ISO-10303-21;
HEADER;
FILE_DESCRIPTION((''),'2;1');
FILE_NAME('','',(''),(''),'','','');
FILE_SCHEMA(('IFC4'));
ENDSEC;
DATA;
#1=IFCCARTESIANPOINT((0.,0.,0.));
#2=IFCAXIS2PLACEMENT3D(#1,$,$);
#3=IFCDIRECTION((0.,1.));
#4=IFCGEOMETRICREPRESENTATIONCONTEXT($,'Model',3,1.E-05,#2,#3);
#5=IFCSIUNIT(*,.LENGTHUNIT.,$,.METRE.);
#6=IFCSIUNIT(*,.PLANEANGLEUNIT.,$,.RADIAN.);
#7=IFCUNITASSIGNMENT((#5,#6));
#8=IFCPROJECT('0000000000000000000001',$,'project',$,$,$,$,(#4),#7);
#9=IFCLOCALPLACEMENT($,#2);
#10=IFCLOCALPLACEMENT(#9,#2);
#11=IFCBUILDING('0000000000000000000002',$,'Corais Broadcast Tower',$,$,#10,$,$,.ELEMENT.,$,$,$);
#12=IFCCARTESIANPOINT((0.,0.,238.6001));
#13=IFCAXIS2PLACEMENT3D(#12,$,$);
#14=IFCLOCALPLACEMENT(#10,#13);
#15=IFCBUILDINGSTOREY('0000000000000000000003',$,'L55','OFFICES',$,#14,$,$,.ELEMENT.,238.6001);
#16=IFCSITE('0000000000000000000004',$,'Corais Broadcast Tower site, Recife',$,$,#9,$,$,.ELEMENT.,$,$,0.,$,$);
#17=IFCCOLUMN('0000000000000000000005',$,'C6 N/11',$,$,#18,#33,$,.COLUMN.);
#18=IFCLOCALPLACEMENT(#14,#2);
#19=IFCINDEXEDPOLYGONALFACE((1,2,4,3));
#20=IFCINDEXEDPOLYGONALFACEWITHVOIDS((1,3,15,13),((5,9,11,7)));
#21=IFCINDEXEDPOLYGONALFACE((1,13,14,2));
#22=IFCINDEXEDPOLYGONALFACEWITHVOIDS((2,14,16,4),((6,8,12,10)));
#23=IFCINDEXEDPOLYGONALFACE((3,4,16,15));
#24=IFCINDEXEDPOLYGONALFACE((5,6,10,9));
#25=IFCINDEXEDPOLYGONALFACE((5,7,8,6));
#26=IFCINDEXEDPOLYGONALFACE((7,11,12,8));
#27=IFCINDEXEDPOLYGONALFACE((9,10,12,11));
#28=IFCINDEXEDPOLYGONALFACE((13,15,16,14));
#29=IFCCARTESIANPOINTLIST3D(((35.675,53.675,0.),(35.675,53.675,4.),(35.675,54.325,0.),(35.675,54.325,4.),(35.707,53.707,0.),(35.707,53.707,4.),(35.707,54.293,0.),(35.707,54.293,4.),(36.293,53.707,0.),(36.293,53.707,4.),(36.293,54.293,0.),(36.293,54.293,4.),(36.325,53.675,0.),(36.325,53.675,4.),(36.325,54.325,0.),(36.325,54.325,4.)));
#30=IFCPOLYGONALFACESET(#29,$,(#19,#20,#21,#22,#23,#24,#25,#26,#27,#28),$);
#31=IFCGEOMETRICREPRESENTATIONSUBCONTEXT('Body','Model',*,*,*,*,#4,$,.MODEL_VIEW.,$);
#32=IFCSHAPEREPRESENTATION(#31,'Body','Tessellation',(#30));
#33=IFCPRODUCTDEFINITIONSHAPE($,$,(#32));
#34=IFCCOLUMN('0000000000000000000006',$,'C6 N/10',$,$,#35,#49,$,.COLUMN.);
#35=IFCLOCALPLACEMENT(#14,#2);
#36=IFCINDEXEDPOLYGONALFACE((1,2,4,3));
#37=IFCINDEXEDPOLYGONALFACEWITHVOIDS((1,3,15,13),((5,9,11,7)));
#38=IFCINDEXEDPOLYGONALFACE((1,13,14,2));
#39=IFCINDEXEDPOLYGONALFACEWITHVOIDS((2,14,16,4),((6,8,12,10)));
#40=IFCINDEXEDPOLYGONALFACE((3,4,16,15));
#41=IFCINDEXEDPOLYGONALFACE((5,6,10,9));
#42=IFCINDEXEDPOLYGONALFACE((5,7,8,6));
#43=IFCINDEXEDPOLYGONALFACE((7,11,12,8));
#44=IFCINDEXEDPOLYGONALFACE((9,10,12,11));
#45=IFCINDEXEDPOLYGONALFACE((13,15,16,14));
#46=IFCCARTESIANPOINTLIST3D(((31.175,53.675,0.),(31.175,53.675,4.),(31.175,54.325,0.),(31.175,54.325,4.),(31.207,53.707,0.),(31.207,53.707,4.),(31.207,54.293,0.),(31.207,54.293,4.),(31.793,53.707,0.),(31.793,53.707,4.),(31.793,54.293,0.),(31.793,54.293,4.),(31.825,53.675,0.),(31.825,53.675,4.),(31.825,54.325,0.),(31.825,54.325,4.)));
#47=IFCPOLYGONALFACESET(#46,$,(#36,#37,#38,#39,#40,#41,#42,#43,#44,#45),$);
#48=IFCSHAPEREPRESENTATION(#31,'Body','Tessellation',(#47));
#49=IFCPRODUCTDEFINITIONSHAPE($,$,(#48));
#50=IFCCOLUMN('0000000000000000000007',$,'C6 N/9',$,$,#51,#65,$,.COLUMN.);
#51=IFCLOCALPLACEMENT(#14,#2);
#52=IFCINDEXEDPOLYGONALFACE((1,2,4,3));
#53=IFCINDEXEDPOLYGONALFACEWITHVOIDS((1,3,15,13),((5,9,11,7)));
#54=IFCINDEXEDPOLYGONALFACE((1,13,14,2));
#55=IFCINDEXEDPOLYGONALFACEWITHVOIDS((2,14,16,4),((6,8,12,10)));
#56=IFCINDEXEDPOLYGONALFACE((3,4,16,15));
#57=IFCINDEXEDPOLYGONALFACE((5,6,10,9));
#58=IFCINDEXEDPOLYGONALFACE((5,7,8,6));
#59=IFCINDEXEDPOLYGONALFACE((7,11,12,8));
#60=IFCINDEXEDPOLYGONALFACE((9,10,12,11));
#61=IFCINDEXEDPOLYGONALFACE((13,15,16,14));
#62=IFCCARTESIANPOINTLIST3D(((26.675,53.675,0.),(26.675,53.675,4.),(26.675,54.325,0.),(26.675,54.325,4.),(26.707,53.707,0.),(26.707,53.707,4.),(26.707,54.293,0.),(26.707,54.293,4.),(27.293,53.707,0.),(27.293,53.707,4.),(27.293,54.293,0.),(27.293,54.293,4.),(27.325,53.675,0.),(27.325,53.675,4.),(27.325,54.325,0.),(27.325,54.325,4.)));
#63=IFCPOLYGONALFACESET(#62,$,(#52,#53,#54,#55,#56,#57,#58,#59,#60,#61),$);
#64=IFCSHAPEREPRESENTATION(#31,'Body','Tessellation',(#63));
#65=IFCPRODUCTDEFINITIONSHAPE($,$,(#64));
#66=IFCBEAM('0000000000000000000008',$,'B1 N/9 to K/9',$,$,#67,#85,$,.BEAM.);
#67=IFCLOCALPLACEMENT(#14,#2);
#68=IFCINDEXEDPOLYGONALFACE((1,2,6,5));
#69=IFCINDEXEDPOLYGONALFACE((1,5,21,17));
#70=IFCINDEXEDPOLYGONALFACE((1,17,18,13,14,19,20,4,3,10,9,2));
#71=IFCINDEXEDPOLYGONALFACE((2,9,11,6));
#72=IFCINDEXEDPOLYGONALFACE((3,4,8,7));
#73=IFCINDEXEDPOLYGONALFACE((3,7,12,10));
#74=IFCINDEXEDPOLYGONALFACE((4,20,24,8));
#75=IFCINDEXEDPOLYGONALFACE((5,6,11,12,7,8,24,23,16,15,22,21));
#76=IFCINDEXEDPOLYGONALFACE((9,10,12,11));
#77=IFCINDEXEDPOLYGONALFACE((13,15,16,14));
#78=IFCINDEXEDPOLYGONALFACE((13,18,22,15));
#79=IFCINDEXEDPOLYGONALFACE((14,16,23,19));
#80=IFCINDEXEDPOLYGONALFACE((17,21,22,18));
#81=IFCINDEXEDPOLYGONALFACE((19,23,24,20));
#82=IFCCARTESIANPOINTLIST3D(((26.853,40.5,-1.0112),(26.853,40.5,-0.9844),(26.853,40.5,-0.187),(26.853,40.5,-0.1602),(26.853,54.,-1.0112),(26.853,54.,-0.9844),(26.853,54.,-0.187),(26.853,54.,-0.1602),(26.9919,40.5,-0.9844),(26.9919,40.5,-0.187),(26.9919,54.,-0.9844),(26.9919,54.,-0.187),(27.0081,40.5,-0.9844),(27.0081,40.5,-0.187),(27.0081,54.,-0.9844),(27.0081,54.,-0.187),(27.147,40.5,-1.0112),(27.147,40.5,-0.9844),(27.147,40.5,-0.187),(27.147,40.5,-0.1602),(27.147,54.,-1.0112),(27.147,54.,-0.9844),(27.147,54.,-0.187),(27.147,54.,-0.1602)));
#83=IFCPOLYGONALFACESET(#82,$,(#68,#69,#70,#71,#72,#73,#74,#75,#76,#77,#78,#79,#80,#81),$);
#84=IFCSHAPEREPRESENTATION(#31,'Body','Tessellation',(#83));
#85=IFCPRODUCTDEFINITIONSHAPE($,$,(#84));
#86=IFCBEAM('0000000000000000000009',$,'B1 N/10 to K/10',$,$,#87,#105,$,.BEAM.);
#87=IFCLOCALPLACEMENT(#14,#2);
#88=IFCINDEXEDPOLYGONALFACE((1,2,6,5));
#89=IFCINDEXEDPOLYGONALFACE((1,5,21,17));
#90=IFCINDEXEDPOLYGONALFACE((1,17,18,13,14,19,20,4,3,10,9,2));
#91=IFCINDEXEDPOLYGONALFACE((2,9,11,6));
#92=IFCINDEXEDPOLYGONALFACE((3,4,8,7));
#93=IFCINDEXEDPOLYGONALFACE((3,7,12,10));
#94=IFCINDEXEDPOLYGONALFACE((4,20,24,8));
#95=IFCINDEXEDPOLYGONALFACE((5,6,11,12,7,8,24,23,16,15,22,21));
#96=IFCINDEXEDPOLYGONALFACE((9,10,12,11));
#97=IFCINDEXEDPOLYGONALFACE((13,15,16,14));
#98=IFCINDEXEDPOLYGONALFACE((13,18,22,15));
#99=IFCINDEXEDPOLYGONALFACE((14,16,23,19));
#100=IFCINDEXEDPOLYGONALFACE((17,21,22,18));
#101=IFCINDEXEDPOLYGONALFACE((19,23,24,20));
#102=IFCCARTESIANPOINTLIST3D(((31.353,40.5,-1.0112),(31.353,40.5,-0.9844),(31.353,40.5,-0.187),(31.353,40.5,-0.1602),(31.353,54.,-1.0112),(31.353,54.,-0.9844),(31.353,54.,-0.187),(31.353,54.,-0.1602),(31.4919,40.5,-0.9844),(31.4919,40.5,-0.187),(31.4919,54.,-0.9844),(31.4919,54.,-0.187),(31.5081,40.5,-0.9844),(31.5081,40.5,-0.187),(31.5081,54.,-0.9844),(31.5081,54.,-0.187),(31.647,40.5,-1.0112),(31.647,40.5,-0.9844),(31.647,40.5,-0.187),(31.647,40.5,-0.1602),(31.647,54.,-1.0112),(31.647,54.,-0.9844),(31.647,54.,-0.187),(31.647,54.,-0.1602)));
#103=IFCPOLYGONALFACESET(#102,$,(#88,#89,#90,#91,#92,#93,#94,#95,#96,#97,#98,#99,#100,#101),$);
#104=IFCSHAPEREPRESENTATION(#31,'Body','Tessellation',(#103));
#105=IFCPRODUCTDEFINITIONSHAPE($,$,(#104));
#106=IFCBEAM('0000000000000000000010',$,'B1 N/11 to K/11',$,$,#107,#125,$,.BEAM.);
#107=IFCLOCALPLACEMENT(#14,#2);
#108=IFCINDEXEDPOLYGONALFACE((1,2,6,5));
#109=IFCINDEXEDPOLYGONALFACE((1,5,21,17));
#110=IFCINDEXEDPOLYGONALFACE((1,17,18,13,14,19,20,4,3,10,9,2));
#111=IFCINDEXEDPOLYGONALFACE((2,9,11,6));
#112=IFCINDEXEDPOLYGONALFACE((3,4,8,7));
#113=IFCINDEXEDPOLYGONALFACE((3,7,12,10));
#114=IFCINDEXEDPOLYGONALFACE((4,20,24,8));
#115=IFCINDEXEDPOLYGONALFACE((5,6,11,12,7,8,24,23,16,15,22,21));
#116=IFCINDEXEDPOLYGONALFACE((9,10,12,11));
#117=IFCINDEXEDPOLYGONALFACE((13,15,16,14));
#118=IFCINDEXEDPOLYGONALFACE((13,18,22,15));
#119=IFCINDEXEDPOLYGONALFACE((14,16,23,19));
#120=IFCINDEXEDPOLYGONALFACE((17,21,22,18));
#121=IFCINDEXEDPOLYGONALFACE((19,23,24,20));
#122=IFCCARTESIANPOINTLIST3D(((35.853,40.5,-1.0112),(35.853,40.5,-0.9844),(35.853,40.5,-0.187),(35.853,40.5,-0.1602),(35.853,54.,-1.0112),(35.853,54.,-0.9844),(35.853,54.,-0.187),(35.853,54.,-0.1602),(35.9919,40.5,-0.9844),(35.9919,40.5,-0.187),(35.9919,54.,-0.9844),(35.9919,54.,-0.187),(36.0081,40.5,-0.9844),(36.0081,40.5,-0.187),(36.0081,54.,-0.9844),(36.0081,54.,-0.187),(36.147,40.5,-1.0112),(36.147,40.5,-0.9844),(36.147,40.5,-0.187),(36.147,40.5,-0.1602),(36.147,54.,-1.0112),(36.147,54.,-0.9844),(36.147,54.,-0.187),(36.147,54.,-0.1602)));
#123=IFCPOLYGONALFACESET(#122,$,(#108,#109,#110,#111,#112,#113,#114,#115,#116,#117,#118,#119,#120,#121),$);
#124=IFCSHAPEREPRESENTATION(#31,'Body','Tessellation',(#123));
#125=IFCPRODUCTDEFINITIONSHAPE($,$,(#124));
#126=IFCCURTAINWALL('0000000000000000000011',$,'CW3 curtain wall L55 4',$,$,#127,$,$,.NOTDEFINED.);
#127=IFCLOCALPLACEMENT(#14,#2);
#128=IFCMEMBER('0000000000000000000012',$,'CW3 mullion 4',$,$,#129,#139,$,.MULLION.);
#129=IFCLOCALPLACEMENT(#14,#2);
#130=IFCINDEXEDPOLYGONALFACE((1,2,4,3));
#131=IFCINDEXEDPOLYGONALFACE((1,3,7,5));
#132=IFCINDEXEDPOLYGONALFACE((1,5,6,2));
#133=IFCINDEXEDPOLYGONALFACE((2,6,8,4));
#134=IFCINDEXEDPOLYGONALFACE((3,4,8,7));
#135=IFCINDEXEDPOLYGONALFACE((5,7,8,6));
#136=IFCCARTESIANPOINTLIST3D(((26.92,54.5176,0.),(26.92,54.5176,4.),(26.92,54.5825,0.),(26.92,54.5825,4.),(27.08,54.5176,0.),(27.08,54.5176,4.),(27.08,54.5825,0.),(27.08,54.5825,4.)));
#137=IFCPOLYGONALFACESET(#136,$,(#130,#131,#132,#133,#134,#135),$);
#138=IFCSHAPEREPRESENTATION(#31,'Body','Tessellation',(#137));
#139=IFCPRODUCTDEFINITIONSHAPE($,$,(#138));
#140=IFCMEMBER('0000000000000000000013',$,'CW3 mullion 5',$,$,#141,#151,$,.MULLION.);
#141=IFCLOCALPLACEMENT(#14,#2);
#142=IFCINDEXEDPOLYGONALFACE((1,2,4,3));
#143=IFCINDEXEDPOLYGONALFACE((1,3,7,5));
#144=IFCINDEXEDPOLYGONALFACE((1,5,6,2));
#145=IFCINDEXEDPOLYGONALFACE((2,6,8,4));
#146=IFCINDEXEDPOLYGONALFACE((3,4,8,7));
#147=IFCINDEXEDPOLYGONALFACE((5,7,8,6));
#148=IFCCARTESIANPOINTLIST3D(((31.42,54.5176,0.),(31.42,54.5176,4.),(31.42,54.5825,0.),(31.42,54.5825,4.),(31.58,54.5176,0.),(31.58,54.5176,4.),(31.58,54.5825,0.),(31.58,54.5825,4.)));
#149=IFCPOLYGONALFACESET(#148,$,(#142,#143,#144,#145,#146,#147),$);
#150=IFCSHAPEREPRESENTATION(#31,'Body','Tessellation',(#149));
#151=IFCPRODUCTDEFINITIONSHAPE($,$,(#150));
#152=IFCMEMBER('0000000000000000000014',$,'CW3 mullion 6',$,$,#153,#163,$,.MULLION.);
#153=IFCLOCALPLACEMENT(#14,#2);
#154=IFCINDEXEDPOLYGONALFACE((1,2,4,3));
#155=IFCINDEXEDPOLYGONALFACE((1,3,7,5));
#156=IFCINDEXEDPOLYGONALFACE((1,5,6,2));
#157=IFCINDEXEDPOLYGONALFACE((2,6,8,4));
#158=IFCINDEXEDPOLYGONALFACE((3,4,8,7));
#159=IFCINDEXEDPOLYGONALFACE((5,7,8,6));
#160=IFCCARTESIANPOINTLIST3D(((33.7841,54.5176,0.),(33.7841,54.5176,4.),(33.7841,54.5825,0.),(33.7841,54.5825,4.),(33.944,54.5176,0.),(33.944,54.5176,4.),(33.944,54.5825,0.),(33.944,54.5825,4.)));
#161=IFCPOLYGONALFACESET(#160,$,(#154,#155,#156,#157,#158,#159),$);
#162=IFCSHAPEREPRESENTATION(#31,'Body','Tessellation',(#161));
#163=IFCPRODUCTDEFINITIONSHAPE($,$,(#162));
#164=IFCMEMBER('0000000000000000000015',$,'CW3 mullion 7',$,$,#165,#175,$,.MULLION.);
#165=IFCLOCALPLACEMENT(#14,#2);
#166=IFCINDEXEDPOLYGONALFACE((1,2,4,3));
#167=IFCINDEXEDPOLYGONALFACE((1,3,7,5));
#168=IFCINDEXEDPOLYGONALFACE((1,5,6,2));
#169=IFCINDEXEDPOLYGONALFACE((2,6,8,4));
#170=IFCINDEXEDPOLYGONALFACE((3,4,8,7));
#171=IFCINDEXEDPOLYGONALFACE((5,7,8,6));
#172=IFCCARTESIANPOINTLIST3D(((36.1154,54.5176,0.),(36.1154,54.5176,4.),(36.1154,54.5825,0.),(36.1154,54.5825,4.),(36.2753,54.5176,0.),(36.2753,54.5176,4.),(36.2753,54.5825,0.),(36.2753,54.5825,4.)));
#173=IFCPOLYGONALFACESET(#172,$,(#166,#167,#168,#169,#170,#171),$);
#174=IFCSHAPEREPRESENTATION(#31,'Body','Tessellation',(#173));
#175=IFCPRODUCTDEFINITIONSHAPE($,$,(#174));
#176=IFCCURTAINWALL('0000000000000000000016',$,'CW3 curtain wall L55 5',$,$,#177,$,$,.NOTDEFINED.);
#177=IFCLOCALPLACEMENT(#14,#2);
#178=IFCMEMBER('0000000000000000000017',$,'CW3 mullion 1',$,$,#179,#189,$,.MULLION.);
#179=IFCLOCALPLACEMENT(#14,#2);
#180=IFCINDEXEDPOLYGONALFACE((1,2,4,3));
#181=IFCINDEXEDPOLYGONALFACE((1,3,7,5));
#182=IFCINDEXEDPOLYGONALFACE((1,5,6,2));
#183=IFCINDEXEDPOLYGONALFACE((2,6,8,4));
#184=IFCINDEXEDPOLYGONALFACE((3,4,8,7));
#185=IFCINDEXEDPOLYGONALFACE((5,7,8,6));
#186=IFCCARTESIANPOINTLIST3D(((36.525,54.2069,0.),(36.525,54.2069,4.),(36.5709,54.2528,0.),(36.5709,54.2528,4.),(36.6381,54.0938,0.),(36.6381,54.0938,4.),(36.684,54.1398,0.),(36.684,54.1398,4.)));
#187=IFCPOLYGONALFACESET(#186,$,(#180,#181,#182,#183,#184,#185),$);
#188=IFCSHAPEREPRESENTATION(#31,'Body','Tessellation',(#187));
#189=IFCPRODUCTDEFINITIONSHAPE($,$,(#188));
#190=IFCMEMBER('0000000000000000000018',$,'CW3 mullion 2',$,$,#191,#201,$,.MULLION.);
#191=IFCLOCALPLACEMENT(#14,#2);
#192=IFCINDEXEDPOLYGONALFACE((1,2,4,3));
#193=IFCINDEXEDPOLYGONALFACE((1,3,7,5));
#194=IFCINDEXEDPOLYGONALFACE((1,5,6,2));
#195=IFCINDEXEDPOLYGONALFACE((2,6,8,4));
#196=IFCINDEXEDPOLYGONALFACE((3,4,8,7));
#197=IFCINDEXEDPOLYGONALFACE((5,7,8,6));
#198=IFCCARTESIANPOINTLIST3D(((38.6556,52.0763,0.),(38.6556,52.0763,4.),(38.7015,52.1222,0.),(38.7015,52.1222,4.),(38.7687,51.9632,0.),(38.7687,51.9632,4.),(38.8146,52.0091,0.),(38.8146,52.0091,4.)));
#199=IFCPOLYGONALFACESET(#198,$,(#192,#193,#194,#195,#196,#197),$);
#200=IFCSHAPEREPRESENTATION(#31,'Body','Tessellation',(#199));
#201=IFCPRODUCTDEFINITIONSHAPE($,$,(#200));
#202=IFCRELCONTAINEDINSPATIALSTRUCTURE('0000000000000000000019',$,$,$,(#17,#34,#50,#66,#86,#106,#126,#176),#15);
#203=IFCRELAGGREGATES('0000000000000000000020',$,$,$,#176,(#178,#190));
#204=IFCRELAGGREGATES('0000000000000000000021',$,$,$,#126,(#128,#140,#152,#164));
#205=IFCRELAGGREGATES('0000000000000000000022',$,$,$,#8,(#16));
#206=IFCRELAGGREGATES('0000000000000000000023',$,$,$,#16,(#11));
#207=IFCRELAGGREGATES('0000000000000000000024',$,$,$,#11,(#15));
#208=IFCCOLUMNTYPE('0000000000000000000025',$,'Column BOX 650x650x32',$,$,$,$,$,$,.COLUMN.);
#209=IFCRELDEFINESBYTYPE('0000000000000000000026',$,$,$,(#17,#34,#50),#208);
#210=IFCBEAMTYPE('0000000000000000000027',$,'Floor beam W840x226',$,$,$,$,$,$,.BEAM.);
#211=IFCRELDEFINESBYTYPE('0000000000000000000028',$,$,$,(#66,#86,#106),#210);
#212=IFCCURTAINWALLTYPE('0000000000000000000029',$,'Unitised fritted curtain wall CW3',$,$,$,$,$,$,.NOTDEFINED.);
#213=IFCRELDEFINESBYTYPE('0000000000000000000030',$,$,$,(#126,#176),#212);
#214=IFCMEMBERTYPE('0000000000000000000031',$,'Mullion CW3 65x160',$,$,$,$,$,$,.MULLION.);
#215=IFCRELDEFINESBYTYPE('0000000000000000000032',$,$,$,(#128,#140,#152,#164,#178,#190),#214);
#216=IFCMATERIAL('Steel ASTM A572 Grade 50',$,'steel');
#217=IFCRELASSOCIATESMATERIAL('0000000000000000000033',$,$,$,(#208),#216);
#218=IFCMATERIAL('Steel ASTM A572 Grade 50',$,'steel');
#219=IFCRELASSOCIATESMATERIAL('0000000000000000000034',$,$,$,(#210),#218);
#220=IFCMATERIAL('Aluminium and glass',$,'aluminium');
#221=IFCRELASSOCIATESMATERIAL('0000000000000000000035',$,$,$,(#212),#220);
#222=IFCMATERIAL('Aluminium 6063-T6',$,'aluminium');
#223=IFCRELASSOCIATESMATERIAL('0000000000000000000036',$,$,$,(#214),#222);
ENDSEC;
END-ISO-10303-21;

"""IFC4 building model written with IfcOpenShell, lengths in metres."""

from ifc_helpers import new_model, si_unit, direction, frame, origin, origin_2d, place, context, subcontext, project, spatial, rectangle, hollow_rectangle, i_section, extrude, material, material_profile, profile_set, type_object, element, aggregate, save


model = new_model("IFC4")

# Units and contexts
model_context = context("Model", 3, precision=1e-05, world=origin(), true_north=direction((0.0, 1.0)))
body_context = subcontext(model_context, "Body", "Model", "MODEL_VIEW")
ifc_project = project(units=[si_unit("LENGTHUNIT", "METRE"), si_unit("PLANEANGLEUNIT", "RADIAN")], contexts=[model_context])

# Site, building, storey
site_placement = place(None, origin())
site = spatial("IfcSite", under=ifc_project, at=site_placement, Name="Corais Broadcast Tower site, Recife", CompositionType="ELEMENT", RefElevation=0.0)
building_placement = place(site_placement, origin())
building = spatial("IfcBuilding", under=site, at=building_placement, Name="Corais Broadcast Tower", CompositionType="ELEMENT")
storey_placement = place(building_placement, frame((0.0, 0.0, 238.6001)))
storey = spatial("IfcBuildingStorey", under=building, at=storey_placement, Name="L55", Description="OFFICES", CompositionType="ELEMENT", Elevation=238.6001)

# Columns
ifc_material_1 = material(Name="Steel ASTM A572 Grade 50", Category="steel")
ifc_material_profile_1 = material_profile(ifc_material_1, hollow_rectangle(XDim=0.6499, YDim=0.6499, WallThickness=0.032, at=origin_2d()), Name="BOX 650x650x32")
ifc_profile_set_1 = profile_set([ifc_material_profile_1], Name="Steel ASTM A572 Grade 50")
column_type = type_object("IfcColumnType", Name="Column BOX 650x650x32", PredefinedType="COLUMN", material=ifc_profile_set_1)
for number, where, z_axis, x_axis, name in (
    (1, (36.0, 54.0, 0.0), (0.0, 0.0, 1.0), (1.0, 0.0, 0.0), "C6 N/11"),
    (2, (31.5, 54.0, 0.0), (0.0, 0.0, 1.0), (1.0, 0.0, 0.0), "C6 N/10"),
    (3, (27.0, 54.0, 0.0), (0.0, 0.0, 1.0), (1.0, 0.0, 0.0), "C6 N/9"),
):
    element("IfcColumn", number, at=place(storey_placement, frame(where, z_axis=z_axis, x_axis=x_axis)), inside=storey, type_object=column_type, Name=name, PredefinedType="COLUMN", context=body_context, shape_type="SweptSolid", body=[
        extrude(hollow_rectangle(XDim=0.6499, YDim=0.6499, WallThickness=0.032, at=origin_2d()), origin(), (0.0, 0.0, 1.0), 4.0),
    ])

# Beams
ifc_material_2 = material(Name="Steel ASTM A572 Grade 50", Category="steel")
ifc_material_profile_2 = material_profile(ifc_material_2, i_section(OverallWidth=0.2939, OverallDepth=0.8511, WebThickness=0.0161, FlangeThickness=0.0269, at=origin_2d()), Name="W840x226")
ifc_profile_set_2 = profile_set([ifc_material_profile_2], Name="Steel ASTM A572 Grade 50")
beam_type_1 = type_object("IfcBeamType", Name="Floor beam W840x226", PredefinedType="BEAM", material=ifc_profile_set_2)
for number, where, z_axis, x_axis, name in (
    (4, (27.0, 54.0, -0.5857), (0.0, -1.0, 0.0), (1.0, 0.0, 0.0), "B1 N/9 to K/9"),
    (5, (31.5, 54.0, -0.5857), (0.0, -1.0, 0.0), (1.0, 0.0, 0.0), "B1 N/10 to K/10"),
    (6, (36.0, 54.0, -0.5857), (0.0, -1.0, 0.0), (1.0, 0.0, 0.0), "B1 N/11 to K/11"),
):
    element("IfcBeam", number, at=place(storey_placement, frame(where, z_axis=z_axis, x_axis=x_axis)), inside=storey, type_object=beam_type_1, Name=name, PredefinedType="BEAM", context=body_context, shape_type="SweptSolid", body=[
        extrude(i_section(OverallWidth=0.2939, OverallDepth=0.8511, WebThickness=0.0161, FlangeThickness=0.0269, at=origin_2d()), origin(), (0.0, 0.0, 1.0), 13.5),
    ])

# Curtain walls, members
ifc_material_3 = material(Name="Aluminium and glass", Category="aluminium")
curtain_wall_type = type_object("IfcCurtainWallType", Name="Unitised fritted curtain wall CW3", PredefinedType="NOTDEFINED", material=ifc_material_3)
curtain_wall_1_placement = place(storey_placement, origin())
curtain_wall_1 = element("IfcCurtainWall", 7, at=curtain_wall_1_placement, inside=storey, type_object=curtain_wall_type, Name="CW3 curtain wall L55 4", PredefinedType="NOTDEFINED")
ifc_material_4 = material(Name="Aluminium 6063-T6", Category="aluminium")
ifc_material_profile_3 = material_profile(ifc_material_4, rectangle(XDim=0.0649, YDim=0.1599, at=origin_2d()), Name="Mullion CW3 65x160")
ifc_profile_set_3 = profile_set([ifc_material_profile_3], Name="Aluminium 6063-T6")
member_type_1 = type_object("IfcMemberType", Name="Mullion CW3 65x160", PredefinedType="MULLION", material=ifc_profile_set_3)
member_1_placement = place(storey_placement, frame((27.0, 54.55, 0.0), z_axis=(0.0, 0.0, 1.0), x_axis=(0.0, 1.0, 0.0)))
member_1 = element("IfcMember", 8, at=member_1_placement, type_object=member_type_1, Name="CW3 mullion 4", PredefinedType="MULLION", context=body_context, shape_type="SweptSolid", body=[
    extrude(rectangle(XDim=0.0649, YDim=0.1599, at=origin_2d()), origin(), (0.0, 0.0, 1.0), 4.0),
])
member_2_placement = place(storey_placement, frame((31.5, 54.55, 0.0), z_axis=(0.0, 0.0, 1.0), x_axis=(0.0, 1.0, 0.0)))
member_2 = element("IfcMember", 9, at=member_2_placement, type_object=member_type_1, Name="CW3 mullion 5", PredefinedType="MULLION", context=body_context, shape_type="SweptSolid", body=[
    extrude(rectangle(XDim=0.0649, YDim=0.1599, at=origin_2d()), origin(), (0.0, 0.0, 1.0), 4.0),
])
member_3_placement = place(storey_placement, frame((33.864, 54.55, 0.0), z_axis=(0.0, 0.0, 1.0), x_axis=(0.0, 1.0, 0.0)))
member_3 = element("IfcMember", 10, at=member_3_placement, type_object=member_type_1, Name="CW3 mullion 6", PredefinedType="MULLION", context=body_context, shape_type="SweptSolid", body=[
    extrude(rectangle(XDim=0.0649, YDim=0.1599, at=origin_2d()), origin(), (0.0, 0.0, 1.0), 4.0),
])
member_4_placement = place(storey_placement, frame((36.1953, 54.55, 0.0), z_axis=(0.0, 0.0, 1.0), x_axis=(0.0, 1.0, 0.0)))
member_4 = element("IfcMember", 11, at=member_4_placement, type_object=member_type_1, Name="CW3 mullion 7", PredefinedType="MULLION", context=body_context, shape_type="SweptSolid", body=[
    extrude(rectangle(XDim=0.0649, YDim=0.1599, at=origin_2d()), origin(), (0.0, 0.0, 1.0), 4.0),
])
curtain_wall_2_placement = place(storey_placement, origin())
curtain_wall_2 = element("IfcCurtainWall", 12, at=curtain_wall_2_placement, inside=storey, type_object=curtain_wall_type, Name="CW3 curtain wall L55 5", PredefinedType="NOTDEFINED")
member_5_placement = place(storey_placement, frame((36.6045, 54.1733, 0.0), z_axis=(0.0, 0.0, 1.0), x_axis=(0.707107, 0.707107, 0.0)))
member_5 = element("IfcMember", 13, at=member_5_placement, type_object=member_type_1, Name="CW3 mullion 1", PredefinedType="MULLION", context=body_context, shape_type="SweptSolid", body=[
    extrude(rectangle(XDim=0.0649, YDim=0.1599, at=origin_2d()), origin(), (0.0, 0.0, 1.0), 4.0),
])
member_6_placement = place(storey_placement, frame((38.7351, 52.0427, 0.0), z_axis=(0.0, 0.0, 1.0), x_axis=(0.707107, 0.707107, 0.0)))
member_6 = element("IfcMember", 14, at=member_6_placement, type_object=member_type_1, Name="CW3 mullion 2", PredefinedType="MULLION", context=body_context, shape_type="SweptSolid", body=[
    extrude(rectangle(XDim=0.0649, YDim=0.1599, at=origin_2d()), origin(), (0.0, 0.0, 1.0), 4.0),
])

aggregate(curtain_wall_2, [member_5, member_6])
aggregate(curtain_wall_1, [member_1, member_2, member_3, member_4])

save(model, "model.ifc")
